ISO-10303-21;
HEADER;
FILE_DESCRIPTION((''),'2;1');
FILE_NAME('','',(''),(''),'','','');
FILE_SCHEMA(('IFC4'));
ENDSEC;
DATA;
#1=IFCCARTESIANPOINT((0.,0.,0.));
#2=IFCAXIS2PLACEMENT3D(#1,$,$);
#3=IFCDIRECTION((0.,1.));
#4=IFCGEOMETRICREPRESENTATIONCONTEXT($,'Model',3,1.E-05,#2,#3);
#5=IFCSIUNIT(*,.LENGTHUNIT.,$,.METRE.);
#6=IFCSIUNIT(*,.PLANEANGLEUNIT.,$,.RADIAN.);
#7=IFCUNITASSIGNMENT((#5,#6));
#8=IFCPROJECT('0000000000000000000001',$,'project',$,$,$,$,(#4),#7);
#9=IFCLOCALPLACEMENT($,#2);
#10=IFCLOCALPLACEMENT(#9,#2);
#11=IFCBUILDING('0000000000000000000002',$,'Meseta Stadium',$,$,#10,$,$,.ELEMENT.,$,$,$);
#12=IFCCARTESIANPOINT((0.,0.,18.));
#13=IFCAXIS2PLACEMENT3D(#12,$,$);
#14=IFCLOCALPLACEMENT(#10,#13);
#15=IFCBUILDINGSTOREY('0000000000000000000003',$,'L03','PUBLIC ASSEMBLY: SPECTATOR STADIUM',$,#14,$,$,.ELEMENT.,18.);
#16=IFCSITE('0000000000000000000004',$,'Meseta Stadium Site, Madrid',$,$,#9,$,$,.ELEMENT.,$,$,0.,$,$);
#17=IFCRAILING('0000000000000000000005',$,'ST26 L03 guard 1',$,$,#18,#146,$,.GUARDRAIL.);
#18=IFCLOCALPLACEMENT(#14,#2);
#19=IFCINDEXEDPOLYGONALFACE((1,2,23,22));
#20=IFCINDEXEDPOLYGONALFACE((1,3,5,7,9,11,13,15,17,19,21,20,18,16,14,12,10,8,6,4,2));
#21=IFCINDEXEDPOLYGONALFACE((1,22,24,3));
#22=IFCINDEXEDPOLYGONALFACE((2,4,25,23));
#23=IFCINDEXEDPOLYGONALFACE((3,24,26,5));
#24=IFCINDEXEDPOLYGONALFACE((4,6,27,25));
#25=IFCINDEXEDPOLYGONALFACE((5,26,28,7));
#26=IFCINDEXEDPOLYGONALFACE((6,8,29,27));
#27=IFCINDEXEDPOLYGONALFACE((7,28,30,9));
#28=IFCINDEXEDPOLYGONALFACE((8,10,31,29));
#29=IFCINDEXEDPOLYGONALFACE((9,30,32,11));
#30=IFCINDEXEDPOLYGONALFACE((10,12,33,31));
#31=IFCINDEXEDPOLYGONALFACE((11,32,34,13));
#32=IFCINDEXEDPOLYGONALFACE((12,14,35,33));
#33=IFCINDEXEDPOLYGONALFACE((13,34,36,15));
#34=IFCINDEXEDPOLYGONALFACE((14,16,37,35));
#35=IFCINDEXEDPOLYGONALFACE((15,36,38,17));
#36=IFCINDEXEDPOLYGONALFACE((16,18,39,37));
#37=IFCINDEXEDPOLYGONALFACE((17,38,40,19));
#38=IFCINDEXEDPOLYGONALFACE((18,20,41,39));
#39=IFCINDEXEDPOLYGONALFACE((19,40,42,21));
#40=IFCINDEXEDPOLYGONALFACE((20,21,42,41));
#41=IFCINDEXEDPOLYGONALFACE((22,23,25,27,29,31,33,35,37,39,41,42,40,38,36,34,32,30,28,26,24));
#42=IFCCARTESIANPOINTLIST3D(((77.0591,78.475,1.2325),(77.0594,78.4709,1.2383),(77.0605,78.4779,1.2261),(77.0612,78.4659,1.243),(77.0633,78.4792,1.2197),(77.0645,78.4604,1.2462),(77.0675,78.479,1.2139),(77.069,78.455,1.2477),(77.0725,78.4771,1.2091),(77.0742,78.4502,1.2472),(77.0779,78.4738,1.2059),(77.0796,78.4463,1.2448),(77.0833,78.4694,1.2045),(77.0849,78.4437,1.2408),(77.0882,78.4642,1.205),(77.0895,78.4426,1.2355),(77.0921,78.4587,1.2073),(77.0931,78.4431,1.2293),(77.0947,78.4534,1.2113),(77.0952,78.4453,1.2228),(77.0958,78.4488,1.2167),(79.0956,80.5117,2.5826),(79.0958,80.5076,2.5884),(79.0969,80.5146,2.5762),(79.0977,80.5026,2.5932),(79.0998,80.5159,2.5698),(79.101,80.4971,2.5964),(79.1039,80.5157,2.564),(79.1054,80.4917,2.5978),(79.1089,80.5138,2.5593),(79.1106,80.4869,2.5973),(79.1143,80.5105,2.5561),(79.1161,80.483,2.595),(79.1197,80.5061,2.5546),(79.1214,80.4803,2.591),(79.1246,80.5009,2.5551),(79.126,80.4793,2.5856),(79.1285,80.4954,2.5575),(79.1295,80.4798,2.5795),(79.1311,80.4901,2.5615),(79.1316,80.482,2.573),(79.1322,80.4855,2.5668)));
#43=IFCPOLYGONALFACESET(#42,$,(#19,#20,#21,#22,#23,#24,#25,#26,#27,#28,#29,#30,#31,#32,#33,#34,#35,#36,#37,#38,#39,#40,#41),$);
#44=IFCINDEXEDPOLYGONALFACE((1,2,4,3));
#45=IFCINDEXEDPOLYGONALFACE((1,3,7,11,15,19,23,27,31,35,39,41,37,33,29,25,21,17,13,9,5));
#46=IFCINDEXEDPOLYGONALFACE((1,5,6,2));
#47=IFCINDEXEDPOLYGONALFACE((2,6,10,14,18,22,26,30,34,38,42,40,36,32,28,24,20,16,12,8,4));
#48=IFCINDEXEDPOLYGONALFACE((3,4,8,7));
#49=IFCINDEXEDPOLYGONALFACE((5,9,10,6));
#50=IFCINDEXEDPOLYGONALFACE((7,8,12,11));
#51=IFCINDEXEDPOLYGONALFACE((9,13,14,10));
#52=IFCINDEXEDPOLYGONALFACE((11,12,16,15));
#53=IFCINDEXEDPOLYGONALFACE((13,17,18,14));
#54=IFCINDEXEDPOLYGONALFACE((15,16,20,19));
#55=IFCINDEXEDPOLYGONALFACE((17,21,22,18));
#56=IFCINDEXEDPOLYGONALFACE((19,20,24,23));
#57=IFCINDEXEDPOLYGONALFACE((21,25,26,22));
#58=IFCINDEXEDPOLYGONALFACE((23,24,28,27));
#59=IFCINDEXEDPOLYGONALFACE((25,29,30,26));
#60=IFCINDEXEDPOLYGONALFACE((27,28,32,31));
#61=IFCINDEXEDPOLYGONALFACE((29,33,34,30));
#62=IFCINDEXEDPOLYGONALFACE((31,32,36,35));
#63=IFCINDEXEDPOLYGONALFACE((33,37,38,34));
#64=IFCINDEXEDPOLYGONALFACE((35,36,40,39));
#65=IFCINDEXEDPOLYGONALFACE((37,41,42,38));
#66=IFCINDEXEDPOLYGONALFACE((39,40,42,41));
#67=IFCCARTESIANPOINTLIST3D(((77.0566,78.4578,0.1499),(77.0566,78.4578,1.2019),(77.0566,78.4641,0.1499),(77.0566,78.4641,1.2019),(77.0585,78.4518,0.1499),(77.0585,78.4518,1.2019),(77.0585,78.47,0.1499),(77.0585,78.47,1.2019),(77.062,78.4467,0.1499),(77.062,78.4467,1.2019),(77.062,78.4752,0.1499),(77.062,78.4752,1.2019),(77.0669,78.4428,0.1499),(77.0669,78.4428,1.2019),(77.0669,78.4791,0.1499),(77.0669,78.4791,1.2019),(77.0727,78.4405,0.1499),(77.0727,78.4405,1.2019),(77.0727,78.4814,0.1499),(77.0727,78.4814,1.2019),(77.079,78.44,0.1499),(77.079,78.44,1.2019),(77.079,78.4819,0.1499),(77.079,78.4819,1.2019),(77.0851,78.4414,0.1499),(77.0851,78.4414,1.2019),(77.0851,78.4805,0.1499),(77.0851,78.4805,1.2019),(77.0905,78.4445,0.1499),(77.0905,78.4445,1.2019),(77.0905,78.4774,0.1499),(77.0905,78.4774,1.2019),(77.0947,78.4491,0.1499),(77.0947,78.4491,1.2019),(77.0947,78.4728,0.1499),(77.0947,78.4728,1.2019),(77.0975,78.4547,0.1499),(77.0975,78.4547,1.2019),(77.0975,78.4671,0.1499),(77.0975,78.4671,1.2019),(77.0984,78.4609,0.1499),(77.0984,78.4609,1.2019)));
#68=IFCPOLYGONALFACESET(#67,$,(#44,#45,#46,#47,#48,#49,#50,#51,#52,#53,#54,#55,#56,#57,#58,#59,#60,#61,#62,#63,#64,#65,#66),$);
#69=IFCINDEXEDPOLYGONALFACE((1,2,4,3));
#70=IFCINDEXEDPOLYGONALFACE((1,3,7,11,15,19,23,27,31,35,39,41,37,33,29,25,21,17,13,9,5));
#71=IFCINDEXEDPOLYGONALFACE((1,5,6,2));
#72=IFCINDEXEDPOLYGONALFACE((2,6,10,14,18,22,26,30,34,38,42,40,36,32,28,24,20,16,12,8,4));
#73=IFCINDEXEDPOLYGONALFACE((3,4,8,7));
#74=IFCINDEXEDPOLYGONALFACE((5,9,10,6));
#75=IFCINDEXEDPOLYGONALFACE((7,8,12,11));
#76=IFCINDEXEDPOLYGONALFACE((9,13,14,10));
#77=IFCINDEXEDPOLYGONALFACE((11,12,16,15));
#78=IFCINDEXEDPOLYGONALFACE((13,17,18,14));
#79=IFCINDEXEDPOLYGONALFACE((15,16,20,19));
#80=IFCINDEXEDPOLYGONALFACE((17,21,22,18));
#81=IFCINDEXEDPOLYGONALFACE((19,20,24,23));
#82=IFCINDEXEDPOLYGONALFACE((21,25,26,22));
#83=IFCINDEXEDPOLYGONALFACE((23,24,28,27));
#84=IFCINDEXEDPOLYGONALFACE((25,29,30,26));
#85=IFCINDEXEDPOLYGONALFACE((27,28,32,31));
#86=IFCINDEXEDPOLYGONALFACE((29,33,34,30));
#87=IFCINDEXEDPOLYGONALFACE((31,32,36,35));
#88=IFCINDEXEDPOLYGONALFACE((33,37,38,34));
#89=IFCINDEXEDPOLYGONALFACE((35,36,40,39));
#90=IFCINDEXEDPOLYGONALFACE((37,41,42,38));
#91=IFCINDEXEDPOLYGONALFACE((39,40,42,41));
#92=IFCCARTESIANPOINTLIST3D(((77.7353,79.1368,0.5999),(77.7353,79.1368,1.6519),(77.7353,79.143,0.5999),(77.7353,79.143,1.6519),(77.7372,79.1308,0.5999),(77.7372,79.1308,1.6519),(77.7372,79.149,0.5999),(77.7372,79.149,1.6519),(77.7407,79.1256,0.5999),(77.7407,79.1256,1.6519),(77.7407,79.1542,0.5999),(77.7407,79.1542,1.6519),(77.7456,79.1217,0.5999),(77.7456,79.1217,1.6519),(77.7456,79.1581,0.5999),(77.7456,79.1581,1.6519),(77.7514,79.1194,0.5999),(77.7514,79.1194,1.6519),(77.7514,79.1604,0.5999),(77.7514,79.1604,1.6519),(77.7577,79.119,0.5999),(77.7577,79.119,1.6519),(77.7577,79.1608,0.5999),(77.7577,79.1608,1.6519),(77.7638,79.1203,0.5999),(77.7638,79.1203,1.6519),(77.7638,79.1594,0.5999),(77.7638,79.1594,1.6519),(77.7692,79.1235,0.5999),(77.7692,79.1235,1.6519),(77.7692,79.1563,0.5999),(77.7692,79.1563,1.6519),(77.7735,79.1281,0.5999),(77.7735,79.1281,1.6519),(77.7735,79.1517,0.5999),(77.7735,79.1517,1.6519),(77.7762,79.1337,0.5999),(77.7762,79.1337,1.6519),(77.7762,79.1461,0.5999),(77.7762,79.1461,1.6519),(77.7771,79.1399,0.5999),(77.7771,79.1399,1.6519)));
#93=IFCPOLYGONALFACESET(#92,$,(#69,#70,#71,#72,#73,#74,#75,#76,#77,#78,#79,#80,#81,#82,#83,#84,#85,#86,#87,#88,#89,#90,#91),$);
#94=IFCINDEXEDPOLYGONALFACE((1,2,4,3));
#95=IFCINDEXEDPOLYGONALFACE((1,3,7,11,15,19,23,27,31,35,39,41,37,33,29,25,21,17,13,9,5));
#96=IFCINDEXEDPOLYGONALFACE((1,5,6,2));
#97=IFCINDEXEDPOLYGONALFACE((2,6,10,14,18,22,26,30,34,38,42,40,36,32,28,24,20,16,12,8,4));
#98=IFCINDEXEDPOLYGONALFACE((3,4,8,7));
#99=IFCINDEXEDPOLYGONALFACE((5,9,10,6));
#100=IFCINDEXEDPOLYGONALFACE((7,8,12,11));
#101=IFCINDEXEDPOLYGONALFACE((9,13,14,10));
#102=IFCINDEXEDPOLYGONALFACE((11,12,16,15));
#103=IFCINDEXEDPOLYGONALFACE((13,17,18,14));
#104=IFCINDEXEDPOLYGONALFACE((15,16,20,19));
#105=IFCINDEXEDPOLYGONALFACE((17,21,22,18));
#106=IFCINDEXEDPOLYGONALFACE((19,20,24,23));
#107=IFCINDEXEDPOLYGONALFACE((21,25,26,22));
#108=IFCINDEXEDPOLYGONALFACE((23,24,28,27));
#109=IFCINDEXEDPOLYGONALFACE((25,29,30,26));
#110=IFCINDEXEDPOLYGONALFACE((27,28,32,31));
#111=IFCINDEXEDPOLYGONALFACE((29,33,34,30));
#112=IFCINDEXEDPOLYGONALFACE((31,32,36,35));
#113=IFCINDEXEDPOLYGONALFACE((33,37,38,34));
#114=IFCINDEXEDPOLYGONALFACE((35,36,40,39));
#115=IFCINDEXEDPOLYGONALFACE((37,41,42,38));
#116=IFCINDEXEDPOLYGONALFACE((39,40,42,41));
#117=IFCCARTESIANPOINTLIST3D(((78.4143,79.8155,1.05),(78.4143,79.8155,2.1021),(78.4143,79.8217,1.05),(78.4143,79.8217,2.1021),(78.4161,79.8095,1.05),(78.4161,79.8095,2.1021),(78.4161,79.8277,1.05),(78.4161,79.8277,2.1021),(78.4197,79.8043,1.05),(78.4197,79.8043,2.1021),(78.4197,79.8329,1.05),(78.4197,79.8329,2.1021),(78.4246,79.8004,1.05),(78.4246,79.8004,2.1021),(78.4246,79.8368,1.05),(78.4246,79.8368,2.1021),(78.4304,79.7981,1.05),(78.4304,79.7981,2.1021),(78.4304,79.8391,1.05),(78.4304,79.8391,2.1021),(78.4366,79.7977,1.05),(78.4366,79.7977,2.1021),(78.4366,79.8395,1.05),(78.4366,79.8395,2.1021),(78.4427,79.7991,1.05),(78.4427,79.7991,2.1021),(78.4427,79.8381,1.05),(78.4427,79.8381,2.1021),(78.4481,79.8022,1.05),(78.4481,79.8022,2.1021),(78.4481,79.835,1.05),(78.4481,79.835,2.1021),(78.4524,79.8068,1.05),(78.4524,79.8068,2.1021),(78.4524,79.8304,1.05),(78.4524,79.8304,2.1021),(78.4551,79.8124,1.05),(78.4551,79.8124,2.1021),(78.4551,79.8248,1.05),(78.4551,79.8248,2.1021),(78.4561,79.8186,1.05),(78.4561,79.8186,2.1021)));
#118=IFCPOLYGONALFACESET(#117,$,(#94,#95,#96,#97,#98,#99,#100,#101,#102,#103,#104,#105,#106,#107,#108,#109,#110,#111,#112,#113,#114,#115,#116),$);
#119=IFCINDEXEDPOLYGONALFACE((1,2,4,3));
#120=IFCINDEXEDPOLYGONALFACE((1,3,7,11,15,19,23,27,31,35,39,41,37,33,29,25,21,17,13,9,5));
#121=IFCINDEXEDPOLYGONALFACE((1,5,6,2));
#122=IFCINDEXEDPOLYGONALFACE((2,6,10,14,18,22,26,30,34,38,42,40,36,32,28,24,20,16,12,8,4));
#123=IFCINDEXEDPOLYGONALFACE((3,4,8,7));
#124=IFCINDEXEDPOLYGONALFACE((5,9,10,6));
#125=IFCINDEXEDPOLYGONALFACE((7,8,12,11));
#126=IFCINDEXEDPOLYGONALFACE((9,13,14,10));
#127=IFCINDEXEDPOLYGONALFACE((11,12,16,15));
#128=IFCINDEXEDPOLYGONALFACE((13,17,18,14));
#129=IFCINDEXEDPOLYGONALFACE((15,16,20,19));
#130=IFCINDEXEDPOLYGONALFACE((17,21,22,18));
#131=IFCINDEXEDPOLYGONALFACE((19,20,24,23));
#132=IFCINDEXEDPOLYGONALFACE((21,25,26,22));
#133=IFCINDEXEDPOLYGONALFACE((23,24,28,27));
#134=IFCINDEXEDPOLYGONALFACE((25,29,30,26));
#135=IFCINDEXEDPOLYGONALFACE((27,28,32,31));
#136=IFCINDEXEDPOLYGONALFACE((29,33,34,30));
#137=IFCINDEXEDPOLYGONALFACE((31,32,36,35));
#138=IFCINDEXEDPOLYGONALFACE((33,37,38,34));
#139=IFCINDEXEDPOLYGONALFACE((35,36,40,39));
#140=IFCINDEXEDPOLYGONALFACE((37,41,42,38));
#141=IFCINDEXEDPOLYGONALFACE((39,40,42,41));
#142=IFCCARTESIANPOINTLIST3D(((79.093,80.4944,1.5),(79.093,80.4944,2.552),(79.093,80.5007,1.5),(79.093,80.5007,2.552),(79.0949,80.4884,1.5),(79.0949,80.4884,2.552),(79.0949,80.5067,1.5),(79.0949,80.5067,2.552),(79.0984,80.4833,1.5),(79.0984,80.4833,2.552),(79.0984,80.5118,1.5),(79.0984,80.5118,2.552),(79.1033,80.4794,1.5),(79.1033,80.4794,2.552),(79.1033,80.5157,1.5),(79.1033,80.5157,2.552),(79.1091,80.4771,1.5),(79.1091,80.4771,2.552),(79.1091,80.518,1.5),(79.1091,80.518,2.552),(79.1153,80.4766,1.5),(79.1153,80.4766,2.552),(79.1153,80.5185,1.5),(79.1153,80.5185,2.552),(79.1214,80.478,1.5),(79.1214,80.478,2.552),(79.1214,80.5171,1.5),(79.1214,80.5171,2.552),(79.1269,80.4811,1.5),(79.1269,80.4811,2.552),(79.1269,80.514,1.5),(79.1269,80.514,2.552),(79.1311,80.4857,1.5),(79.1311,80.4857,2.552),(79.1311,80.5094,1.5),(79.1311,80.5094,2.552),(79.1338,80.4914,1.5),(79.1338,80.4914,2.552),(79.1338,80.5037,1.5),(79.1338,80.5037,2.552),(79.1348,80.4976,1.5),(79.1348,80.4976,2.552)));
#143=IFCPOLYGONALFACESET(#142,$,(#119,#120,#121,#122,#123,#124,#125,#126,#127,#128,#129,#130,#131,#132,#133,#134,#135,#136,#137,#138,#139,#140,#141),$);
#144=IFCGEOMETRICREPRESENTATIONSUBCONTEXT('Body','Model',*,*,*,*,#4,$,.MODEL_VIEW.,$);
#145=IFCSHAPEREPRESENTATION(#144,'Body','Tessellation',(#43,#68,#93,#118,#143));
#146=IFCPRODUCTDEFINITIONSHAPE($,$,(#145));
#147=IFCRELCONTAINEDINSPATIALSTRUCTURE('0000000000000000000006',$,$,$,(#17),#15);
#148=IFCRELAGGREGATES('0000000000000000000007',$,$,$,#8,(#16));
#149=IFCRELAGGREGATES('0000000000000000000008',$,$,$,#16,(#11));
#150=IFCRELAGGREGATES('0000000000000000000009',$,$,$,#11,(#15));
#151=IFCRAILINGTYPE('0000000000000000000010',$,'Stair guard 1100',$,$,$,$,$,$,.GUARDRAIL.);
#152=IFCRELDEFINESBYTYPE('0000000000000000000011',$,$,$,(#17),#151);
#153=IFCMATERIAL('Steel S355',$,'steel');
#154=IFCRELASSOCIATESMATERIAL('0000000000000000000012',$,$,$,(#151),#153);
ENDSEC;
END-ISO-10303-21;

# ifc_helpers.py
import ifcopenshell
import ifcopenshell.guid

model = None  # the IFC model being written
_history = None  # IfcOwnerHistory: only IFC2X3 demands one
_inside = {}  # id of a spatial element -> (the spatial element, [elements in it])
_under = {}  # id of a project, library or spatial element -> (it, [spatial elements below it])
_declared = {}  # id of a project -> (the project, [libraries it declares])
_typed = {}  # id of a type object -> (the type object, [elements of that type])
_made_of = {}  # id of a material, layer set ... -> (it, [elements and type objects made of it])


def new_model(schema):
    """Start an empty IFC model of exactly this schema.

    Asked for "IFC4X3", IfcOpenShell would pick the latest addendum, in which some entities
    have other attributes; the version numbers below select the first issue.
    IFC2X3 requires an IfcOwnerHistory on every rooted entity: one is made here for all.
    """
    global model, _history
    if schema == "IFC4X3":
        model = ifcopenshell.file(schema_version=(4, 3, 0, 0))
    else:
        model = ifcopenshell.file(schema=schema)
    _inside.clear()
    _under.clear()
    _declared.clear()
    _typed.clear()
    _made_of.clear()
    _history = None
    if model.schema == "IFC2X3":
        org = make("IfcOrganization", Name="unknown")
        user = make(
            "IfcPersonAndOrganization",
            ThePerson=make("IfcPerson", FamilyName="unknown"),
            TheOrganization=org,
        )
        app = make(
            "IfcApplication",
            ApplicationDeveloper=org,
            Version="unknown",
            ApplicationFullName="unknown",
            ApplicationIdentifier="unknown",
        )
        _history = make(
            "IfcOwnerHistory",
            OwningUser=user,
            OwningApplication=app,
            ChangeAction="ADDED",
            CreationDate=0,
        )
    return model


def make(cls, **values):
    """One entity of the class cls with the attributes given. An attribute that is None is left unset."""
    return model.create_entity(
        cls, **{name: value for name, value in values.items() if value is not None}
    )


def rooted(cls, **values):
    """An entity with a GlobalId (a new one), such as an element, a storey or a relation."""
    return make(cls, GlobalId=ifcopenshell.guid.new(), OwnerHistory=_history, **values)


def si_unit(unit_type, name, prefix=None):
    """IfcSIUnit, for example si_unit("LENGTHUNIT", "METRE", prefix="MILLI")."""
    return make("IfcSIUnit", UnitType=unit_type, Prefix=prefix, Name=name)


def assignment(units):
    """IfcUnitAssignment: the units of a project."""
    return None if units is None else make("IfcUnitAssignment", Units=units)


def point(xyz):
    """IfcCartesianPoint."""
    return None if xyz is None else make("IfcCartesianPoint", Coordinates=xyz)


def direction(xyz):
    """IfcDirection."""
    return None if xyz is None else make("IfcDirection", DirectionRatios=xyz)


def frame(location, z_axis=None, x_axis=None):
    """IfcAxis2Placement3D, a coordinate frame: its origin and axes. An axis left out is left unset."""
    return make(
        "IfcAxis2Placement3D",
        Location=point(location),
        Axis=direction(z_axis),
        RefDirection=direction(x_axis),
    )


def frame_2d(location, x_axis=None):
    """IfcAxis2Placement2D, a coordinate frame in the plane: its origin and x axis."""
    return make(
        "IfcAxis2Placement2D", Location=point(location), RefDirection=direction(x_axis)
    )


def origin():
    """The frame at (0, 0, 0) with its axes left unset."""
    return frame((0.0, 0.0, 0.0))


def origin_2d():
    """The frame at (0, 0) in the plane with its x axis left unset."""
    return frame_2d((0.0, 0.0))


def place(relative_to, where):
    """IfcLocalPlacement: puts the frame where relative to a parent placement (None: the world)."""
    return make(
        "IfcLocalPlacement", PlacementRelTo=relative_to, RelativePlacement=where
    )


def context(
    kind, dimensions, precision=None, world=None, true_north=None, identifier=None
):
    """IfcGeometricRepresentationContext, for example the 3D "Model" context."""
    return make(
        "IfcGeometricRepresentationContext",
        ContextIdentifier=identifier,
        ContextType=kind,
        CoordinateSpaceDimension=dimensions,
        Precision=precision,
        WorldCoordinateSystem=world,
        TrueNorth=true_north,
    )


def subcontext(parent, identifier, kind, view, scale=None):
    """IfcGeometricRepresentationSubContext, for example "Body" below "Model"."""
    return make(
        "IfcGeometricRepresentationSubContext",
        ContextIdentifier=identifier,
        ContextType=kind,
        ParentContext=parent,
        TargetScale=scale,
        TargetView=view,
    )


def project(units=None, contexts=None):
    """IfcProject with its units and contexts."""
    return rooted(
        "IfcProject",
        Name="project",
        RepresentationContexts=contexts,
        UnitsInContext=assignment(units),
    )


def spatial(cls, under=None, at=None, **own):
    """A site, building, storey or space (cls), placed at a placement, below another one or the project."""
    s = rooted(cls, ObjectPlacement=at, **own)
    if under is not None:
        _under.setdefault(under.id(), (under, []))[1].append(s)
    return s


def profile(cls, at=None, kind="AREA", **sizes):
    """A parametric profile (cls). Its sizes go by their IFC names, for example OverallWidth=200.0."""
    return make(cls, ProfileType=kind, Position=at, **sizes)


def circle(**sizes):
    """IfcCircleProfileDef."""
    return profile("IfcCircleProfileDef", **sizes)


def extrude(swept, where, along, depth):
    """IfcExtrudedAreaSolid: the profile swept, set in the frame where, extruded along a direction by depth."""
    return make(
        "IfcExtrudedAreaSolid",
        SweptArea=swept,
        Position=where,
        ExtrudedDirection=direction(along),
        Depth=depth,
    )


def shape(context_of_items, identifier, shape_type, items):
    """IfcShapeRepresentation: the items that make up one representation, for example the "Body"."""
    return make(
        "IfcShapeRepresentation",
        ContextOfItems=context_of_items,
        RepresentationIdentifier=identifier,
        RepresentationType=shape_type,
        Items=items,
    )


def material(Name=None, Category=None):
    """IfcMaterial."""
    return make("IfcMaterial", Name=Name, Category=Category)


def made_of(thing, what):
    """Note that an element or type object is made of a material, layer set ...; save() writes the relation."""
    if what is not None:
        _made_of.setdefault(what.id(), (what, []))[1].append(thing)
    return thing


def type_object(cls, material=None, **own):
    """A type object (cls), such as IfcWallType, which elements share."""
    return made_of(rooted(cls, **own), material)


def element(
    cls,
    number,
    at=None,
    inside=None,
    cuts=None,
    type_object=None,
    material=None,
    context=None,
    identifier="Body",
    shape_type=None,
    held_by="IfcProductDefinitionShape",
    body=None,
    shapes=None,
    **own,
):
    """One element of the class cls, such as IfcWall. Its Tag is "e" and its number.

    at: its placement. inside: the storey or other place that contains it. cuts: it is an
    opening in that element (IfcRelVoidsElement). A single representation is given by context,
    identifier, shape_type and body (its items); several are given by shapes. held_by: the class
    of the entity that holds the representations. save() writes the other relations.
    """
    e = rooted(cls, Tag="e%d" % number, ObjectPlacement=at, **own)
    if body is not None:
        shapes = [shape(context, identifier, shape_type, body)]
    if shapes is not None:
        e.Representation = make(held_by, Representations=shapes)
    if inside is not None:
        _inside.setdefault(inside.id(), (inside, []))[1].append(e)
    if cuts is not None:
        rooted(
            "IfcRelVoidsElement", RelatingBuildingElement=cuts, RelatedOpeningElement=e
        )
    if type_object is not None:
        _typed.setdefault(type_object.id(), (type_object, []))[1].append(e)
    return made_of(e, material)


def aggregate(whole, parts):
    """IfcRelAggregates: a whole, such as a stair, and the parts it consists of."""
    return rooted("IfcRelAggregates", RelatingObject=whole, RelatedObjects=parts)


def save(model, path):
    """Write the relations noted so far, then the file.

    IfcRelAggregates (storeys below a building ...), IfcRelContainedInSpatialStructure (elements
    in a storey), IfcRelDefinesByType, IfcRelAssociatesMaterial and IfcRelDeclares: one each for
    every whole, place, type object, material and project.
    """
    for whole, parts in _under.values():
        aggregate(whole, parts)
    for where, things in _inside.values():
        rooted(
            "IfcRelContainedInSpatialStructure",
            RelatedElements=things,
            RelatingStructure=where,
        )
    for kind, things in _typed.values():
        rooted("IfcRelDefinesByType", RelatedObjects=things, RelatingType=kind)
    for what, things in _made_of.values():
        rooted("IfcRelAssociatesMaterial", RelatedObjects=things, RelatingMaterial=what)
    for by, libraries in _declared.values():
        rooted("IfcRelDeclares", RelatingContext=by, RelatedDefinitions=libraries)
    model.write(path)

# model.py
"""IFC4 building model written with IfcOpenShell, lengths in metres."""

from ifc_helpers import new_model, si_unit, direction, frame, origin, origin_2d, place, context, subcontext, project, spatial, circle, extrude, material, type_object, element, save


model = new_model("IFC4")

# Units and contexts
model_context = context("Model", 3, precision=1e-05, world=origin(), true_north=direction((0.0, 1.0)))
body_context = subcontext(model_context, "Body", "Model", "MODEL_VIEW")
ifc_project = project(units=[si_unit("LENGTHUNIT", "METRE"), si_unit("PLANEANGLEUNIT", "RADIAN")], contexts=[model_context])

# Site, building, storey
site_placement = place(None, origin())
site = spatial("IfcSite", under=ifc_project, at=site_placement, Name="Meseta Stadium Site, Madrid", CompositionType="ELEMENT", RefElevation=0.0)
building_placement = place(site_placement, origin())
building = spatial("IfcBuilding", under=site, at=building_placement, Name="Meseta Stadium", CompositionType="ELEMENT")
storey_placement = place(building_placement, frame((0.0, 0.0, 18.0)))
storey = spatial("IfcBuildingStorey", under=building, at=storey_placement, Name="L03", Description="PUBLIC ASSEMBLY: SPECTATOR STADIUM", CompositionType="ELEMENT", Elevation=18.0)

# Railing
ifc_material_1 = material(Name="Steel S355", Category="steel")
railing_type_1 = type_object("IfcRailingType", Name="Stair guard 1100", PredefinedType="GUARDRAIL", material=ifc_material_1)
railing_1_placement = place(storey_placement, frame((77.0774, 78.4609, 0.1499)))
element("IfcRailing", 1, at=railing_1_placement, inside=storey, type_object=railing_type_1, Name="ST26 L03 guard 1", PredefinedType="GUARDRAIL", context=body_context, shape_type="SweptSolid", body=[
    extrude(circle(Radius=0.0239, at=origin_2d()), frame((0.0, 0.0, 1.0762), z_axis=(0.640211, 0.640288, 0.424454), x_axis=(-0.707149, 0.707064, 0.0)), (0.0, 0.0, 1.0), 3.1809),
    extrude(circle(Radius=0.021, at=origin_2d()), origin(), (0.0, 0.0, 1.0), 1.052),
    extrude(circle(Radius=0.021, at=origin_2d()), frame((0.6787, 0.679, 0.45)), (0.0, 0.0, 1.0), 1.052),
    extrude(circle(Radius=0.021, at=origin_2d()), frame((1.3577, 1.3577, 0.9001)), (0.0, 0.0, 1.0), 1.052),
    extrude(circle(Radius=0.021, at=origin_2d()), frame((2.0364, 2.0366, 1.3501)), (0.0, 0.0, 1.0), 1.052),
])

save(model, "model.ifc")
